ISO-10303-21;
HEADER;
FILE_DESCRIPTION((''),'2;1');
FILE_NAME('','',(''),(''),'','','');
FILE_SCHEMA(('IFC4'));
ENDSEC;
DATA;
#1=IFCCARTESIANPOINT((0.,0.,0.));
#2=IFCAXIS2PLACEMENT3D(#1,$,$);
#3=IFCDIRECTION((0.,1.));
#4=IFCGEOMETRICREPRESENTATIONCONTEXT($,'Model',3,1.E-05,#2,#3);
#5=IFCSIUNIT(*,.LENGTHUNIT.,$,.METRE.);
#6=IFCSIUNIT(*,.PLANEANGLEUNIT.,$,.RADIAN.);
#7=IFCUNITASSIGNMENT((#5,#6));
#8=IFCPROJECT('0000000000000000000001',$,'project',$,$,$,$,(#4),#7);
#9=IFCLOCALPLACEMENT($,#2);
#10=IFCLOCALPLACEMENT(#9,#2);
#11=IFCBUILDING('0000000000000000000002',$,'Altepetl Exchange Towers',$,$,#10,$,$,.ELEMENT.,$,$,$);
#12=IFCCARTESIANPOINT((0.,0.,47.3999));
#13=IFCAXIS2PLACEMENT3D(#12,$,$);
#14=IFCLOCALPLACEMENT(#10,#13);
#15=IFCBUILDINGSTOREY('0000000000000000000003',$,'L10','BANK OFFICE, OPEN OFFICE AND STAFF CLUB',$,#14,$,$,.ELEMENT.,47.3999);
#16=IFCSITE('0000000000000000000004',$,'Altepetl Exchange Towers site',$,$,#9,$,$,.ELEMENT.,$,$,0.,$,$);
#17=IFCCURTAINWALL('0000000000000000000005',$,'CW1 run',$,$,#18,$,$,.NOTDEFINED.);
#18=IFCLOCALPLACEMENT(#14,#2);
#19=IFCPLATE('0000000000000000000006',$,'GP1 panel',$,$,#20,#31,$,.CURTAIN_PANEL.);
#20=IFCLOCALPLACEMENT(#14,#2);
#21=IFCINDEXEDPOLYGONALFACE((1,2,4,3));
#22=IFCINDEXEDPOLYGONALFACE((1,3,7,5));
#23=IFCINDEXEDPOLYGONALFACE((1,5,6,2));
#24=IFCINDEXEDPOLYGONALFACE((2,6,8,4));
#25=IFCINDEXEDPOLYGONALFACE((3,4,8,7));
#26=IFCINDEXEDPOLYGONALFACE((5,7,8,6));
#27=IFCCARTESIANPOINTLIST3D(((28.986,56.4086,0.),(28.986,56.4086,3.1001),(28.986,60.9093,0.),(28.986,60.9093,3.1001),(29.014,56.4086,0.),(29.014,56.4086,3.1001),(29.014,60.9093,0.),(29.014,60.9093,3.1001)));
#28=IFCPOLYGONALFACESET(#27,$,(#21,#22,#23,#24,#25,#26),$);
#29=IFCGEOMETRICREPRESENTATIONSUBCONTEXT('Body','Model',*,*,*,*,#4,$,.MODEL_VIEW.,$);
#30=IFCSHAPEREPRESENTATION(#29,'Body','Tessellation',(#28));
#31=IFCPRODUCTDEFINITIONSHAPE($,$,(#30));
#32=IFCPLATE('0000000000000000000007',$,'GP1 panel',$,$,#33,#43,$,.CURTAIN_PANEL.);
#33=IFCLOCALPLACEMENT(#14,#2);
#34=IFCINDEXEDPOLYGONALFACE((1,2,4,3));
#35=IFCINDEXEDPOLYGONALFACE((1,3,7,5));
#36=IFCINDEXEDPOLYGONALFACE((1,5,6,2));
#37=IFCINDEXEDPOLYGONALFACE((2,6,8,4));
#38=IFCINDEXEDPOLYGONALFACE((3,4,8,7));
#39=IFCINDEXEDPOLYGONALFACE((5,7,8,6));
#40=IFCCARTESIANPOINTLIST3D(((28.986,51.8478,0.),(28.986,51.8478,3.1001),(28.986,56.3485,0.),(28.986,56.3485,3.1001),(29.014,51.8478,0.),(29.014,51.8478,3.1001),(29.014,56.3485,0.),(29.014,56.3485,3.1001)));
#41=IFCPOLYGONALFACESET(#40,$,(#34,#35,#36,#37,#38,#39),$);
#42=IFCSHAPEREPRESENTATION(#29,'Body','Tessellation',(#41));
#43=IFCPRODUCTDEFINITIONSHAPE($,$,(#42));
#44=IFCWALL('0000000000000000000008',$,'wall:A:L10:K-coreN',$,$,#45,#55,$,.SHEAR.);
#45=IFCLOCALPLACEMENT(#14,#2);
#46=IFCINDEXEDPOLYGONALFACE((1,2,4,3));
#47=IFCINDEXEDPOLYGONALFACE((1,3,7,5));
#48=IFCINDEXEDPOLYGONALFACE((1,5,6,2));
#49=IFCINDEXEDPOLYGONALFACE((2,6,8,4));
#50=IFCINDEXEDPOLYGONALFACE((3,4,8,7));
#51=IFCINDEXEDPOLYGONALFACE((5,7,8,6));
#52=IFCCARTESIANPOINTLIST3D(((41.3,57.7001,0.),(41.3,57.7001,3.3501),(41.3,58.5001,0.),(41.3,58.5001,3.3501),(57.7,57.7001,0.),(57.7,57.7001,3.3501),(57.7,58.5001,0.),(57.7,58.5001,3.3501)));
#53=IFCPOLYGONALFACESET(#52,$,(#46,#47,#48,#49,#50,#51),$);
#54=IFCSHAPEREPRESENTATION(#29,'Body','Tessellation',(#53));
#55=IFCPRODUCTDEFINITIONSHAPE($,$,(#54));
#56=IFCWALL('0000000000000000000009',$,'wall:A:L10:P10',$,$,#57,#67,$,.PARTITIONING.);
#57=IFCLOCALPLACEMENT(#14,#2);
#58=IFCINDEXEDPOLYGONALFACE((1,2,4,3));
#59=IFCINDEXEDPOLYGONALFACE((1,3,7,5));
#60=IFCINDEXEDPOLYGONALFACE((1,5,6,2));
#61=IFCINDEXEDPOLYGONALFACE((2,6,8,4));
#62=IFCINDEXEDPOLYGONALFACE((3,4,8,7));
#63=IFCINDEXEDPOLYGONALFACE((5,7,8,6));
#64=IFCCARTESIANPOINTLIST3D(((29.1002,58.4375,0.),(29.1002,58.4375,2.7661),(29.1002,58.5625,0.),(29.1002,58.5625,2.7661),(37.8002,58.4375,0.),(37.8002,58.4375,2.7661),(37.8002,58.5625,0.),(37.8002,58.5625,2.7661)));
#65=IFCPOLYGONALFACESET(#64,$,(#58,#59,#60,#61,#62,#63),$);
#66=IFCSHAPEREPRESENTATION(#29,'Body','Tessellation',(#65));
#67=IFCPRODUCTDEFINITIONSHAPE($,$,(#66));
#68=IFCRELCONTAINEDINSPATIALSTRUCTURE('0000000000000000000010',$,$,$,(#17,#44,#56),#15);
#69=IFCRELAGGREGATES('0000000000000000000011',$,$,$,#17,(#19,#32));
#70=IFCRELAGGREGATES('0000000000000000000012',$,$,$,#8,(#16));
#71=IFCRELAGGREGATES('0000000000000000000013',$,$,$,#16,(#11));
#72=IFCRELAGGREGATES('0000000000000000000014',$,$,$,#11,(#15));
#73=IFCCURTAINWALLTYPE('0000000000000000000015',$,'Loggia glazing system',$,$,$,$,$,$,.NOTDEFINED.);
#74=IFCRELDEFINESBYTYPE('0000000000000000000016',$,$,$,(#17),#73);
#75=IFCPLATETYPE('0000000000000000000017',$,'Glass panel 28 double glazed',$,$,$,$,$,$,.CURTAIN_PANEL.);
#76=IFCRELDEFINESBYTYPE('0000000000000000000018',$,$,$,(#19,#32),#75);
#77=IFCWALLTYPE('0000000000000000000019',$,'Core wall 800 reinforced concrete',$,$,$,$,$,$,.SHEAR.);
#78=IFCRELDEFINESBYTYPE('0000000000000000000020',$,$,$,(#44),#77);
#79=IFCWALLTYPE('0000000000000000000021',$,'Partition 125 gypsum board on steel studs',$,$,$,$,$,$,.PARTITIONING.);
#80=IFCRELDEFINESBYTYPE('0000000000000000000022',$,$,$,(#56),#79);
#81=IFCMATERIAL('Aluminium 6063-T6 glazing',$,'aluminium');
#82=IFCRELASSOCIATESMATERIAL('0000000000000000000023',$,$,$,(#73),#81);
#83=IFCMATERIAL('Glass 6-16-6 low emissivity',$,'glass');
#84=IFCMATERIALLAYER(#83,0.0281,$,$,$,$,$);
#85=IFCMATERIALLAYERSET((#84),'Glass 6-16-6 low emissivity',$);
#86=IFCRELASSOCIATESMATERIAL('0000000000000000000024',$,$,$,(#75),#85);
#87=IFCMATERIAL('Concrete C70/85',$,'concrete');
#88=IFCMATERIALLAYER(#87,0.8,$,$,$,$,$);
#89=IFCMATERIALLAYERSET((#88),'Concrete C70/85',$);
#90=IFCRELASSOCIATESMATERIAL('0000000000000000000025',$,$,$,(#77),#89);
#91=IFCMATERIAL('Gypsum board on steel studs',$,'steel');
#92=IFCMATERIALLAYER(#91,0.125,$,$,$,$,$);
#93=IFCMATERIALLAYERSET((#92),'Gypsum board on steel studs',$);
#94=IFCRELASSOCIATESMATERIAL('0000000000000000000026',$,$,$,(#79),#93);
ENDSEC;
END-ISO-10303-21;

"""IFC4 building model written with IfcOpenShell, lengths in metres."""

from ifc_helpers import new_model, si_unit, direction, frame, frame_2d, origin, origin_2d, place, context, subcontext, project, spatial, rectangle, extrude, material, layer, layer_set, type_object, element, aggregate, save


model = new_model("IFC4")

# Units and contexts
model_context = context("Model", 3, precision=1e-05, world=origin(), true_north=direction((0.0, 1.0)))
body_context = subcontext(model_context, "Body", "Model", "MODEL_VIEW")
ifc_project = project(units=[si_unit("LENGTHUNIT", "METRE"), si_unit("PLANEANGLEUNIT", "RADIAN")], contexts=[model_context])

# Site, building, storey
site_placement = place(None, origin())
site = spatial("IfcSite", under=ifc_project, at=site_placement, Name="Altepetl Exchange Towers site", CompositionType="ELEMENT", RefElevation=0.0)
building_placement = place(site_placement, origin())
building = spatial("IfcBuilding", under=site, at=building_placement, Name="Altepetl Exchange Towers", CompositionType="ELEMENT")
storey_placement = place(building_placement, frame((0.0, 0.0, 47.3999)))
storey = spatial("IfcBuildingStorey", under=building, at=storey_placement, Name="L10", Description="BANK OFFICE, OPEN OFFICE AND STAFF CLUB", CompositionType="ELEMENT", Elevation=47.3999)

# Shared definitions
ifc_material_1 = material(Name="Concrete C70/85", Category="concrete")

# Curtain wall
ifc_material_2 = material(Name="Aluminium 6063-T6 glazing", Category="aluminium")
curtain_wall_type = type_object("IfcCurtainWallType", Name="Loggia glazing system", PredefinedType="NOTDEFINED", material=ifc_material_2)
curtain_wall_placement = place(storey_placement, origin())
curtain_wall = element("IfcCurtainWall", 1, at=curtain_wall_placement, inside=storey, type_object=curtain_wall_type, Name="CW1 run", PredefinedType="NOTDEFINED")

# Plates
ifc_material_3 = material(Name="Glass 6-16-6 low emissivity", Category="glass")
ifc_layer_1 = layer(ifc_material_3, 0.0281)
ifc_layer_set_1 = layer_set([ifc_layer_1], Name="Glass 6-16-6 low emissivity")
plate_type = type_object("IfcPlateType", Name="Glass panel 28 double glazed", PredefinedType="CURTAIN_PANEL", material=ifc_layer_set_1)
plate_1_placement = place(storey_placement, frame((29.0, 58.6589, 0.0), z_axis=(0.0, 0.0, 1.0), x_axis=(0.0, -1.0, 0.0)))
plate_1 = element("IfcPlate", 2, at=plate_1_placement, type_object=plate_type, Name="GP1 panel", PredefinedType="CURTAIN_PANEL", context=body_context, shape_type="SweptSolid", body=[
    extrude(rectangle(XDim=4.5007, YDim=0.0281, at=origin_2d()), origin(), (0.0, 0.0, 1.0), 3.1001),
])
plate_2_placement = place(storey_placement, frame((29.0, 54.0981, 0.0), z_axis=(0.0, 0.0, 1.0), x_axis=(0.0, -1.0, 0.0)))
plate_2 = element("IfcPlate", 3, at=plate_2_placement, type_object=plate_type, Name="GP1 panel", PredefinedType="CURTAIN_PANEL", context=body_context, shape_type="SweptSolid", body=[
    extrude(rectangle(XDim=4.5007, YDim=0.0281, at=origin_2d()), origin(), (0.0, 0.0, 1.0), 3.1001),
])
aggregate(curtain_wall, [plate_1, plate_2])

# Walls
ifc_layer_2 = layer(ifc_material_1, 0.8)
ifc_layer_set_2 = layer_set([ifc_layer_2], Name="Concrete C70/85")
wall_type_1 = type_object("IfcWallType", Name="Core wall 800 reinforced concrete", PredefinedType="SHEAR", material=ifc_layer_set_2)
wall_1_placement = place(storey_placement, frame((41.3, 58.1001, 0.0)))
element("IfcWall", 4, at=wall_1_placement, inside=storey, type_object=wall_type_1, Name="wall:A:L10:K-coreN", PredefinedType="SHEAR", context=body_context, shape_type="SweptSolid", body=[
    extrude(rectangle(XDim=16.3999, YDim=0.8, at=frame_2d((8.2, 0.0))), origin(), (0.0, 0.0, 1.0), 3.3501),
])
ifc_material_4 = material(Name="Gypsum board on steel studs", Category="steel")
ifc_layer_3 = layer(ifc_material_4, 0.125)
ifc_layer_set_3 = layer_set([ifc_layer_3], Name="Gypsum board on steel studs")
wall_type_2 = type_object("IfcWallType", Name="Partition 125 gypsum board on steel studs", PredefinedType="PARTITIONING", material=ifc_layer_set_3)
wall_2_placement = place(storey_placement, frame((29.1001, 58.5, 0.0)))
element("IfcWall", 5, at=wall_2_placement, inside=storey, type_object=wall_type_2, Name="wall:A:L10:P10", PredefinedType="PARTITIONING", context=body_context, shape_type="SweptSolid", body=[
    extrude(rectangle(XDim=8.7, YDim=0.125, at=frame_2d((4.3501, 0.0))), origin(), (0.0, 0.0, 1.0), 2.7661),
])

save(model, "model.ifc")
